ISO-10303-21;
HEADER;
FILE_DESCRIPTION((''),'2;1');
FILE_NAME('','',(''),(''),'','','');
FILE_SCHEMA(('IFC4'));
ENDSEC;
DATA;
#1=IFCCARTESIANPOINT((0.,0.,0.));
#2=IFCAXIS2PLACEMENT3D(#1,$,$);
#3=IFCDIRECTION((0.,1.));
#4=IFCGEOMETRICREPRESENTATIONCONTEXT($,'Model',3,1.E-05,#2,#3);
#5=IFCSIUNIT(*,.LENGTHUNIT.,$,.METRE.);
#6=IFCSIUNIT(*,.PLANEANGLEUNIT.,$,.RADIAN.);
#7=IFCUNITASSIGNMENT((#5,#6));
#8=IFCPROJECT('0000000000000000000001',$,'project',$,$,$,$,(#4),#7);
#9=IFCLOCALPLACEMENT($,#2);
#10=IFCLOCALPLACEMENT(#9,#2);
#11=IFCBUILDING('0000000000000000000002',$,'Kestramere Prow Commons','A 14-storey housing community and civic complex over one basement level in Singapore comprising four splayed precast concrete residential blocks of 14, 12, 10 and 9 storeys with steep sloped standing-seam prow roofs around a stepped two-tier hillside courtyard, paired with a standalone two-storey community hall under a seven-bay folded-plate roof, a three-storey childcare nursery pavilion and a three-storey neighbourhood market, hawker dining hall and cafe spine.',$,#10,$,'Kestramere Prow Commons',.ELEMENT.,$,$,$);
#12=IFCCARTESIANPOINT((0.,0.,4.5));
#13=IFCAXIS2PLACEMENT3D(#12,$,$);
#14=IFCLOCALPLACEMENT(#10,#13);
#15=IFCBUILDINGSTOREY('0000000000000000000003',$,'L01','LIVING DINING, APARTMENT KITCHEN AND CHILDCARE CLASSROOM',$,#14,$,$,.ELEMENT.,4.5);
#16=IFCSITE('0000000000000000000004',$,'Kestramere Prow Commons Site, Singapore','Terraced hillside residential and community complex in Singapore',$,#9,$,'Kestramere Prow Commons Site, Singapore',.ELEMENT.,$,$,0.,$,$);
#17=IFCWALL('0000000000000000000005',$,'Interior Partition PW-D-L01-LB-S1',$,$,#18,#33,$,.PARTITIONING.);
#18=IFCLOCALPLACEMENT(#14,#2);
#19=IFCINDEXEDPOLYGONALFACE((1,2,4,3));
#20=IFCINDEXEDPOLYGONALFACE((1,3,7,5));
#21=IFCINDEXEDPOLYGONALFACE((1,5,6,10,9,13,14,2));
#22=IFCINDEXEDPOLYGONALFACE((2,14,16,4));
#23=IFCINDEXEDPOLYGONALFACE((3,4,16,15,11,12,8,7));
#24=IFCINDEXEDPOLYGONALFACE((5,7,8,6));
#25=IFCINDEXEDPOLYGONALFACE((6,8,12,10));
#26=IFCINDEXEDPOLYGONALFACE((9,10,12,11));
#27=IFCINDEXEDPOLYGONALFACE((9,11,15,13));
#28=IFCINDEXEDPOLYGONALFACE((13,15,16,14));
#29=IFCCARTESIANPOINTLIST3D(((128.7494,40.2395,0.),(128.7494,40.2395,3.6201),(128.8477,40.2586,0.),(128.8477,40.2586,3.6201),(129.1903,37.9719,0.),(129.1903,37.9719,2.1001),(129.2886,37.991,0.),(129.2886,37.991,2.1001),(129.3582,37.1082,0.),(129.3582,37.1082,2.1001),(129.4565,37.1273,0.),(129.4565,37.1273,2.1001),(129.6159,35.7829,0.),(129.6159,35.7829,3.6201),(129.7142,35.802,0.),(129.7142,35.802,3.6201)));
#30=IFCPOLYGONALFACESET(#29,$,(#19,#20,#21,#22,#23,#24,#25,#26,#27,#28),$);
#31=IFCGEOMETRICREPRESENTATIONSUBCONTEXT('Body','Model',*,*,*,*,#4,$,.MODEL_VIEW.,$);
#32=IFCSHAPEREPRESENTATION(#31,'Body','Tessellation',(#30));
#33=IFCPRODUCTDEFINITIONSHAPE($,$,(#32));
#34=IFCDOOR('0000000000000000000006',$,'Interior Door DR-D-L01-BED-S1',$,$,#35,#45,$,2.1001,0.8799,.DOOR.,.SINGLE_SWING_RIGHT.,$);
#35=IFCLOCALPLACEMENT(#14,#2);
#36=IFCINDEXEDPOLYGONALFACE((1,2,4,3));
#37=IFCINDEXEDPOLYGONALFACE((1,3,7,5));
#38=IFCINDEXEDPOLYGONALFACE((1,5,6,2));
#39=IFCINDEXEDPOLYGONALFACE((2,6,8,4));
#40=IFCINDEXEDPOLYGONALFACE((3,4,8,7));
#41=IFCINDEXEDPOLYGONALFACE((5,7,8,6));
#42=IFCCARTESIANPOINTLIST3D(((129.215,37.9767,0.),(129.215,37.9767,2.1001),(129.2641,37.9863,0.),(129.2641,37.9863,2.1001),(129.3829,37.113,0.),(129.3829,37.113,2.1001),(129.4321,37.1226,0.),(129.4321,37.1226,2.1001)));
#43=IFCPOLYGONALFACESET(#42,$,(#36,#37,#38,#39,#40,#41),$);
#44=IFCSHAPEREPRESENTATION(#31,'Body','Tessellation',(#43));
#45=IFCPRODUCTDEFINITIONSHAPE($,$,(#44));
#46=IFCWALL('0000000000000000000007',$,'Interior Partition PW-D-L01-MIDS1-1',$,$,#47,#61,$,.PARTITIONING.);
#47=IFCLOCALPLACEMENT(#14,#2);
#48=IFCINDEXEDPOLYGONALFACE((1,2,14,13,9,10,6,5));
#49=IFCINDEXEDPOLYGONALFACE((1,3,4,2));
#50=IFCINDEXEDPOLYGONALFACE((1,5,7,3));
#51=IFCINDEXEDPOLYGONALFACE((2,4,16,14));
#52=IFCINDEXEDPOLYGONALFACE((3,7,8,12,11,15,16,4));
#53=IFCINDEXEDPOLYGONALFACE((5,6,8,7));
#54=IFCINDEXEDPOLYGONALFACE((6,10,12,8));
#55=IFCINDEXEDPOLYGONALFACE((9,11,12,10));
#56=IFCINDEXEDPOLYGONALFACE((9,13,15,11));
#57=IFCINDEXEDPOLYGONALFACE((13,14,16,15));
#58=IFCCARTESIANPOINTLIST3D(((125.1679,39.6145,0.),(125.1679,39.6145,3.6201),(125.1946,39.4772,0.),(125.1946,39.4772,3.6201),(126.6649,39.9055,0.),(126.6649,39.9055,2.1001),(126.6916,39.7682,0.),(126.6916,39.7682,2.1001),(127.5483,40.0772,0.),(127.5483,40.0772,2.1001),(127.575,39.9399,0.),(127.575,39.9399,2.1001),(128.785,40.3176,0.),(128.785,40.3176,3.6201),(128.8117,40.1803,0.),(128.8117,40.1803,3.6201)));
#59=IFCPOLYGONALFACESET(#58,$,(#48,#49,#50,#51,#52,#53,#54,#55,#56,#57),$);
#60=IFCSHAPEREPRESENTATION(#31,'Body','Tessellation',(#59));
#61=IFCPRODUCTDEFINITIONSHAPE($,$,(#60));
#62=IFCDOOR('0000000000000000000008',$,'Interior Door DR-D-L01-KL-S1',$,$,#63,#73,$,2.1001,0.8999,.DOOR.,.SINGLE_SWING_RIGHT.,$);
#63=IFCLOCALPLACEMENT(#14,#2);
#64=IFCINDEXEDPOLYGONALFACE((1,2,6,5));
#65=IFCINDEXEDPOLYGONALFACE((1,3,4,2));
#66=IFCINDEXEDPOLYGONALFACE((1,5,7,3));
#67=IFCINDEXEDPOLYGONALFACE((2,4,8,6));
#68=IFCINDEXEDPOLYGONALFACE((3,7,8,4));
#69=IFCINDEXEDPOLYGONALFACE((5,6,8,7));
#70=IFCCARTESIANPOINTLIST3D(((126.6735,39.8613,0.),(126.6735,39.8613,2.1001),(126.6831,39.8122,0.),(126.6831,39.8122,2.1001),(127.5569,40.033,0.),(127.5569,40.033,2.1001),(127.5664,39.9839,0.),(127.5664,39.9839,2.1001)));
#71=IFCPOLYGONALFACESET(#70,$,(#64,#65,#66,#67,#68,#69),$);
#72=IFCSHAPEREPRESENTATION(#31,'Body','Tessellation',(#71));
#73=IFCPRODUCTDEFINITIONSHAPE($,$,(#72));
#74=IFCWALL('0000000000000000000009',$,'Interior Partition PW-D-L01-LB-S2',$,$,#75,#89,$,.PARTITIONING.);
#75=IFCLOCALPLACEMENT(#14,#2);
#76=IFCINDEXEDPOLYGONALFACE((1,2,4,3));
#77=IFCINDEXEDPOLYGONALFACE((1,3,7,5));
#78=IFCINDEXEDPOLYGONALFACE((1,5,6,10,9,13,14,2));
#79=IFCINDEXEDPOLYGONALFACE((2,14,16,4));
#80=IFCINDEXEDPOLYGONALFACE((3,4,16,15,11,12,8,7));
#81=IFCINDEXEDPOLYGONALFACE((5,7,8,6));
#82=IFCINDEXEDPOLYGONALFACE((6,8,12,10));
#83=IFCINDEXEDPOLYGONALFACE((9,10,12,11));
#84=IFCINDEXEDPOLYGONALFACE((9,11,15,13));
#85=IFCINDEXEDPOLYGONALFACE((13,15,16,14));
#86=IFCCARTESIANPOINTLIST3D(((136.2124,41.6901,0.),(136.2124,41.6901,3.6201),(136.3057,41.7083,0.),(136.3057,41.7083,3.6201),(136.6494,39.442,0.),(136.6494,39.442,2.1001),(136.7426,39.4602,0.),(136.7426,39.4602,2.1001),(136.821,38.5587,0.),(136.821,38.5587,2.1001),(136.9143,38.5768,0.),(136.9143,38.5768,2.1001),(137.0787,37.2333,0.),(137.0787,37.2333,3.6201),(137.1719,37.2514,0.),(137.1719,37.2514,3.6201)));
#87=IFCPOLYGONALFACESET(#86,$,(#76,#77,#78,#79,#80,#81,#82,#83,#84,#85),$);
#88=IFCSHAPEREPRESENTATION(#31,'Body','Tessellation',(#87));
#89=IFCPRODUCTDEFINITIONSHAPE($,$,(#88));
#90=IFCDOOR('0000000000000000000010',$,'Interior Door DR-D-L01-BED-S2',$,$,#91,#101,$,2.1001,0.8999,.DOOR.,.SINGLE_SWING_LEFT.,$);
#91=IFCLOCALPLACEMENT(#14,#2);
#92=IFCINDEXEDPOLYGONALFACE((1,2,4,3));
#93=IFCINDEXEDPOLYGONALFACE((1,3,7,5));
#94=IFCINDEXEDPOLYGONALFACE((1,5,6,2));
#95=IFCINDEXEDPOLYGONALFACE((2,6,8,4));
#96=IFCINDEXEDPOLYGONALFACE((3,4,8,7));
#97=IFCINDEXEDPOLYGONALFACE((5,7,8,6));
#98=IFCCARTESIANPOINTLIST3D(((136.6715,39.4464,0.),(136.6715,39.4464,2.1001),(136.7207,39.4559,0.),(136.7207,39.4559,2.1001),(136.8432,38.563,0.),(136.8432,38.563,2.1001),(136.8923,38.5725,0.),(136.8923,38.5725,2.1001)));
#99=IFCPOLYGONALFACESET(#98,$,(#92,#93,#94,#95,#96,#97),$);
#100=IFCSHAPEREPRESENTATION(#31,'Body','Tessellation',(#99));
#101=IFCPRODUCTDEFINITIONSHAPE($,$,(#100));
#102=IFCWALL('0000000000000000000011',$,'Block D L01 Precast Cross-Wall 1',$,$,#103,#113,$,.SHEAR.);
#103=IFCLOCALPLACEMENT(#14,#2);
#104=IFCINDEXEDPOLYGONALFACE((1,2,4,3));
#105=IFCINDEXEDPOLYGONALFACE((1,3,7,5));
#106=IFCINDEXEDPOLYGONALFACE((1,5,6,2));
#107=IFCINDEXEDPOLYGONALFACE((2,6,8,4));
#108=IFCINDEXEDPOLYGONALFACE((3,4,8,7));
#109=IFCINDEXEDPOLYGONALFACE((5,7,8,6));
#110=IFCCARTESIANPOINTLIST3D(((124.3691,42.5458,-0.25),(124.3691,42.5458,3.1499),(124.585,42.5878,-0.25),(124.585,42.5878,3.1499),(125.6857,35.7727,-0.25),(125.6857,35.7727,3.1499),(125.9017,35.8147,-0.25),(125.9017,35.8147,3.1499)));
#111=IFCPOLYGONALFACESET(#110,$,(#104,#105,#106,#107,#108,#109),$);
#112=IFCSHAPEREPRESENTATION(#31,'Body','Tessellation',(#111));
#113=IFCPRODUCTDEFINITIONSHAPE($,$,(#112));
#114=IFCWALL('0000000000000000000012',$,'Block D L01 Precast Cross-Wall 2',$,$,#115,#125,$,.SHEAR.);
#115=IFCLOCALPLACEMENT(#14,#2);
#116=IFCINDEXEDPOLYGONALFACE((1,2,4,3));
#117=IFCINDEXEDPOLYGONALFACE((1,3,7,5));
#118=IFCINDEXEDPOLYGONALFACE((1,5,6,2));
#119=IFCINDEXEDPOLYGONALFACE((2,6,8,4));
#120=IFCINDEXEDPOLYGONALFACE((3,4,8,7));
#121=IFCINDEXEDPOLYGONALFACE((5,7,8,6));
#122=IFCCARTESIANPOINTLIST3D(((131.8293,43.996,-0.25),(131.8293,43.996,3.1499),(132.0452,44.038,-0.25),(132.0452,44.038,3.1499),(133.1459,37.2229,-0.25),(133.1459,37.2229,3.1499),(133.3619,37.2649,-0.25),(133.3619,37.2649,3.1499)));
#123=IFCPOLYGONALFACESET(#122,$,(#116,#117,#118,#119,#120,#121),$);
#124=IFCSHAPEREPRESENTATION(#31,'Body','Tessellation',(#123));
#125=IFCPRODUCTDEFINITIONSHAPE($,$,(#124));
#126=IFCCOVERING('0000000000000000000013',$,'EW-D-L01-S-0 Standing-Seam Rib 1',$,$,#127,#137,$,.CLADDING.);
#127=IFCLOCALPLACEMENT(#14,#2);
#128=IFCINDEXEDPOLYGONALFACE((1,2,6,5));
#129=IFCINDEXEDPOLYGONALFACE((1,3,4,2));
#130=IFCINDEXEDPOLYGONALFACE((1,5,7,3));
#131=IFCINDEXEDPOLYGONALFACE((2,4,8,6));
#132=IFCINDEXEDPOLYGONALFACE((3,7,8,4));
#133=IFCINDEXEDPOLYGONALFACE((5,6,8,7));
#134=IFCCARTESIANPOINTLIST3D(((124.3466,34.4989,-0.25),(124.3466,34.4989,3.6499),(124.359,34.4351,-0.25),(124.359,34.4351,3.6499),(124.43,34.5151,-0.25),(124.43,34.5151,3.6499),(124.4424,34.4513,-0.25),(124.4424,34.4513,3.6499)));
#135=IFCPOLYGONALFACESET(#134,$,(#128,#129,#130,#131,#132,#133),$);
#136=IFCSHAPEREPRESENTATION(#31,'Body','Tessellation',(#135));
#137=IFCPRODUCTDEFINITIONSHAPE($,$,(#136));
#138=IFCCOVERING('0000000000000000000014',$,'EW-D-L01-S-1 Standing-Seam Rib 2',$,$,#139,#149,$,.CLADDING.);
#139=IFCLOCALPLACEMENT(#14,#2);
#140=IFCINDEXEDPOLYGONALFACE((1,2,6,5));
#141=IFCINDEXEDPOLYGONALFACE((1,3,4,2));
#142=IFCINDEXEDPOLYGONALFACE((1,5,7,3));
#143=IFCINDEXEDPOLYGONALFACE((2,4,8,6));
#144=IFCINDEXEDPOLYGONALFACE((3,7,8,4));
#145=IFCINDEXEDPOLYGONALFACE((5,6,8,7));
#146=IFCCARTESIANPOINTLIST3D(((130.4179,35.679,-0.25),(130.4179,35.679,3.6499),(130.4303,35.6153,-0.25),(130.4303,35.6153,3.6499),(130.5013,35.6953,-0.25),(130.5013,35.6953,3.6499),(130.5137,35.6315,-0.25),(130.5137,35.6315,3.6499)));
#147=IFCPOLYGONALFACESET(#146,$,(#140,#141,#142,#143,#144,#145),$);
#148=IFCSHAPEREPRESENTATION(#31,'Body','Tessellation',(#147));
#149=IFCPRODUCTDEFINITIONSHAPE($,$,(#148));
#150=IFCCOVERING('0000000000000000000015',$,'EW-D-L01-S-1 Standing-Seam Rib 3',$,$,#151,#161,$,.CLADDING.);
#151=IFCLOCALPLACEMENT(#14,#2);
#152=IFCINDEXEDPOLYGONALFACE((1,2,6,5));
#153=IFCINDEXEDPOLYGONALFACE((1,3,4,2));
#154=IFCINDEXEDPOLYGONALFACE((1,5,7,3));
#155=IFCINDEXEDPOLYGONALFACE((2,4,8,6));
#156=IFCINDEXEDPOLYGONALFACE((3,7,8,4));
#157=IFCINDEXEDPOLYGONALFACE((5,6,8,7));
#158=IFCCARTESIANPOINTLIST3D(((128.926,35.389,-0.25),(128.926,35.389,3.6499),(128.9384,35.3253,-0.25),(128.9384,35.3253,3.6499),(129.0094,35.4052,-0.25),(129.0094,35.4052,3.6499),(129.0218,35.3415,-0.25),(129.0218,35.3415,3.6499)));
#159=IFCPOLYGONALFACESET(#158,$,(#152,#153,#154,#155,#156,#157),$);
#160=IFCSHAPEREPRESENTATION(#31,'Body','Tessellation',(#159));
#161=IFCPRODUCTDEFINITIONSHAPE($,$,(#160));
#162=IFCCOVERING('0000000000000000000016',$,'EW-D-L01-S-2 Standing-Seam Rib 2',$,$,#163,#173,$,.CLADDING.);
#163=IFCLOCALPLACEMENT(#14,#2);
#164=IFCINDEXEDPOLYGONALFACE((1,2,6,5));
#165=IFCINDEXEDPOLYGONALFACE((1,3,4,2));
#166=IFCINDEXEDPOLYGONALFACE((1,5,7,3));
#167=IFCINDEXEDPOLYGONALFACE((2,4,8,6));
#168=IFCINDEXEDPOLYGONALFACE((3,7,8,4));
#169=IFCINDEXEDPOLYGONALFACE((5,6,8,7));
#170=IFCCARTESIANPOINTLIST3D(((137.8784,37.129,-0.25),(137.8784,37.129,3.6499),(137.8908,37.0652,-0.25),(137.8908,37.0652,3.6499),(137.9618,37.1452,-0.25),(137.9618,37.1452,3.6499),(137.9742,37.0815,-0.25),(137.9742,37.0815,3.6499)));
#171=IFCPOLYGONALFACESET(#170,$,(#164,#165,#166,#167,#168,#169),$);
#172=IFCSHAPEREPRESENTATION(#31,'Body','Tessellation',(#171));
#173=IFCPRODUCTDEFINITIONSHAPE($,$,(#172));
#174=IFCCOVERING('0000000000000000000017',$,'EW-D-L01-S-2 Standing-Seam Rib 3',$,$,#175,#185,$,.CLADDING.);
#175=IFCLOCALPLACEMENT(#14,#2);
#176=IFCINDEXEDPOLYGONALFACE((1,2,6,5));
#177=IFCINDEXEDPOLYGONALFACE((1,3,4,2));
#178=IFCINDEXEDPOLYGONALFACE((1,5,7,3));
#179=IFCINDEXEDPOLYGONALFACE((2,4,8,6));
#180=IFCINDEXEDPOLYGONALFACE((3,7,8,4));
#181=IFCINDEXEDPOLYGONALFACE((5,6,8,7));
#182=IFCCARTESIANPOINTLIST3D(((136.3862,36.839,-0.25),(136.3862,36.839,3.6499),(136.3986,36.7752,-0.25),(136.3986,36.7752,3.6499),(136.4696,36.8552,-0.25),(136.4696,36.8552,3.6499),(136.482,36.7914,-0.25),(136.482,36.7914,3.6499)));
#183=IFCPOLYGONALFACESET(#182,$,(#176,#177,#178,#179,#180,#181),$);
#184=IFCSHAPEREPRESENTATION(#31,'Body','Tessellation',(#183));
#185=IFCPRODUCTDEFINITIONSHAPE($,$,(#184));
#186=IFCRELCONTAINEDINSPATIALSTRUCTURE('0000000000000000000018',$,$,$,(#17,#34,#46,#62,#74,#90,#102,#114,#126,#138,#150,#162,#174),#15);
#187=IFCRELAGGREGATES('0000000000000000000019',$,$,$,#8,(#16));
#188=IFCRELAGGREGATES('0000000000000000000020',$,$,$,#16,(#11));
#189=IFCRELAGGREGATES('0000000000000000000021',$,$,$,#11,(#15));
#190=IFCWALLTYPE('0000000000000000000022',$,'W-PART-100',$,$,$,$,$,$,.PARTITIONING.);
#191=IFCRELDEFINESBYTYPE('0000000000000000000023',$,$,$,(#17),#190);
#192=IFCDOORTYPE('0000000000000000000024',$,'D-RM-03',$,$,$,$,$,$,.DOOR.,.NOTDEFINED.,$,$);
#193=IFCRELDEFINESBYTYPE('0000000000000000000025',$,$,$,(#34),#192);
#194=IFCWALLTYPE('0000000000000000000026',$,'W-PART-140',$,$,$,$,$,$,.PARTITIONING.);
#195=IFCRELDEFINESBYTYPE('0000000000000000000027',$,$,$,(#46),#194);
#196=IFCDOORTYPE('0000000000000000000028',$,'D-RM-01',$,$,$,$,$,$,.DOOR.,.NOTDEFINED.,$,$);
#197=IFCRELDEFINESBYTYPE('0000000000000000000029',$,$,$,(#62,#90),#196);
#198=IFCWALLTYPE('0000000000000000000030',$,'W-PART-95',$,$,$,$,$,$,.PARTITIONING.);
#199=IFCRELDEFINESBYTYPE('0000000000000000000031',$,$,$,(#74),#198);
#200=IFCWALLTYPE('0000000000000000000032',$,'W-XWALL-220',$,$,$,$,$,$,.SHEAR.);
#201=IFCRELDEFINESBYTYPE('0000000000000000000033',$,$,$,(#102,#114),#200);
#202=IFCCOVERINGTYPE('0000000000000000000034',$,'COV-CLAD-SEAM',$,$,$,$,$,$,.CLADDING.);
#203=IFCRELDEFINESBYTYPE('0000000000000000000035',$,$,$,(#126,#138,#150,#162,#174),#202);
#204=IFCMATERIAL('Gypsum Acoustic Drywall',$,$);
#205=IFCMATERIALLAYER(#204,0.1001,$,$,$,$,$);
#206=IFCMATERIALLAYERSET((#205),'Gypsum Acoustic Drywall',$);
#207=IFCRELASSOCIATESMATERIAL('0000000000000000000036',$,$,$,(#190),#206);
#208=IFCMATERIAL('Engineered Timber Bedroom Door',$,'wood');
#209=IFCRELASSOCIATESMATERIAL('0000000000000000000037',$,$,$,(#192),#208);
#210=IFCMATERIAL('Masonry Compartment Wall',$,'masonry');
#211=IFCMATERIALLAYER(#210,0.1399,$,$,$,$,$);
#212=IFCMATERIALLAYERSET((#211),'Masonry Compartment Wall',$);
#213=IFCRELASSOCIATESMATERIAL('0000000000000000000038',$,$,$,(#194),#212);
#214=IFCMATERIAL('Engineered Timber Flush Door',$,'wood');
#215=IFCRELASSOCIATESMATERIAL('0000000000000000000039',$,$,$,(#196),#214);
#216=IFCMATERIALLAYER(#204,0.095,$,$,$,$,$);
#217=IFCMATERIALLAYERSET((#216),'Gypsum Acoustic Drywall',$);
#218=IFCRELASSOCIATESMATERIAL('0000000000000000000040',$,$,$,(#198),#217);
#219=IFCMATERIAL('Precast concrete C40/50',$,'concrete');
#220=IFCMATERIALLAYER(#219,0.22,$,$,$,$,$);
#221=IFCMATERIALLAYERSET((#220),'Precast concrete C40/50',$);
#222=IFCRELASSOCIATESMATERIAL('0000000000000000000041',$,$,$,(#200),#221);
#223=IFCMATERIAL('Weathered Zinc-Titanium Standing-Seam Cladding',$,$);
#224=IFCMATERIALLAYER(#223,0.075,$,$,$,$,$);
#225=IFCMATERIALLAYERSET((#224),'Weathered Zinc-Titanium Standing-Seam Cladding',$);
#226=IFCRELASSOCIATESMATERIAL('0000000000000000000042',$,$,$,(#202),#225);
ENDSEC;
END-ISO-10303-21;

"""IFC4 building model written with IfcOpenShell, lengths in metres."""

from ifc_helpers import new_model, si_unit, direction, frame, frame_2d, origin, origin_2d, place, context, subcontext, project, spatial, rectangle, extrude, material, layer, layer_set, type_object, element, fill, save


model = new_model("IFC4")

# Units and contexts
model_context = context("Model", 3, precision=1e-05, world=origin(), true_north=direction((0.0, 1.0)))
body_context = subcontext(model_context, "Body", "Model", "MODEL_VIEW")
ifc_project = project(units=[si_unit("LENGTHUNIT", "METRE"), si_unit("PLANEANGLEUNIT", "RADIAN")], contexts=[model_context])

# Site, building, storey
site_placement = place(None, origin())
site = spatial("IfcSite", under=ifc_project, at=site_placement, Name="Kestramere Prow Commons Site, Singapore", Description="Terraced hillside residential and community complex in Singapore", LongName="Kestramere Prow Commons Site, Singapore", CompositionType="ELEMENT", RefElevation=0.0)
building_placement = place(site_placement, origin())
building = spatial("IfcBuilding", under=site, at=building_placement, Name="Kestramere Prow Commons", Description="A 14-storey housing community and civic complex over one basement level in Singapore comprising four splayed precast concrete residential blocks of 14, 12, 10 and 9 storeys with steep sloped standing-seam prow roofs around a stepped two-tier hillside courtyard, paired with a standalone two-storey community hall under a seven-bay folded-plate roof, a three-storey childcare nursery pavilion and a three-storey neighbourhood market, hawker dining hall and cafe spine.", LongName="Kestramere Prow Commons", CompositionType="ELEMENT")
storey_placement = place(building_placement, frame((0.0, 0.0, 4.5)))
storey = spatial("IfcBuildingStorey", under=building, at=storey_placement, Name="L01", Description="LIVING DINING, APARTMENT KITCHEN AND CHILDCARE CLASSROOM", CompositionType="ELEMENT", Elevation=4.5)

# Shared definitions
ifc_material_1 = material(Name="Precast concrete C40/50", Category="concrete")

# Walls, openings, doors
ifc_material_2 = material(Name="Gypsum Acoustic Drywall")
ifc_layer_1 = layer(ifc_material_2, 0.1001)
ifc_layer_set_1 = layer_set([ifc_layer_1], Name="Gypsum Acoustic Drywall")
wall_type_1 = type_object("IfcWallType", Name="W-PART-100", PredefinedType="PARTITIONING", material=ifc_layer_set_1)
wall_1_placement = place(storey_placement, frame((129.665, 35.7925, 0.0), z_axis=(0.0, 0.0, 1.0), x_axis=(-0.19085, 0.981619, 0.0)))
wall_1 = element("IfcWall", 1, at=wall_1_placement, inside=storey, type_object=wall_type_1, Name="Interior Partition PW-D-L01-LB-S1", PredefinedType="PARTITIONING", context=body_context, shape_type="SweptSolid", body=[
    extrude(rectangle(XDim=4.54, YDim=0.1001, at=frame_2d((2.27, 0.0))), origin(), (0.0, 0.0, 1.0), 3.6201),
])
opening_1_placement = place(wall_1_placement, frame((1.3501, 0.0, 0.0)))
opening_1 = element("IfcOpeningElement", 2, at=opening_1_placement, cuts=wall_1, PredefinedType="OPENING", context=body_context, shape_type="SweptSolid", body=[
    extrude(rectangle(XDim=0.8799, YDim=2.1001, at=frame_2d((0.4399, 1.05))), frame((0.0, 0.0649, 0.0), z_axis=(0.0, -1.0, 0.0), x_axis=(1.0, 0.0, 0.0)), (0.0, 0.0, 1.0), 0.1301),
])
ifc_material_3 = material(Name="Engineered Timber Bedroom Door", Category="wood")
door_type_1 = type_object("IfcDoorType", Name="D-RM-03", OperationType="NOTDEFINED", PredefinedType="DOOR", material=ifc_material_3)
door_1_placement = place(opening_1_placement, origin())
door_1 = element("IfcDoor", 3, at=door_1_placement, inside=storey, type_object=door_type_1, Name="Interior Door DR-D-L01-BED-S1", OperationType="SINGLE_SWING_RIGHT", OverallHeight=2.1001, OverallWidth=0.8799, PredefinedType="DOOR", context=body_context, shape_type="SweptSolid", body=[
    extrude(rectangle(XDim=0.8799, YDim=2.1001, at=frame_2d((0.4399, 1.05))), frame((0.0, 0.0249, 0.0), z_axis=(0.0, -1.0, 0.0), x_axis=(1.0, 0.0, 0.0)), (0.0, 0.0, 1.0), 0.05),
])
fill(opening_1, door_1)
ifc_material_4 = material(Name="Masonry Compartment Wall", Category="masonry")
ifc_layer_2 = layer(ifc_material_4, 0.1399)
ifc_layer_set_2 = layer_set([ifc_layer_2], Name="Masonry Compartment Wall")
wall_type_2 = type_object("IfcWallType", Name="W-PART-140", PredefinedType="PARTITIONING", material=ifc_layer_set_2)
wall_2_placement = place(storey_placement, frame((125.1814, 39.5459, 0.0), z_axis=(0.0, 0.0, 1.0), x_axis=(0.981626, 0.190813, 0.0)))
wall_2 = element("IfcWall", 4, at=wall_2_placement, inside=storey, type_object=wall_type_2, Name="Interior Partition PW-D-L01-MIDS1-1", PredefinedType="PARTITIONING", context=body_context, shape_type="SweptSolid", body=[
    extrude(rectangle(XDim=3.6848, YDim=0.1399, at=frame_2d((1.8423, 0.0))), origin(), (0.0, 0.0, 1.0), 3.6201),
])
opening_2_placement = place(wall_2_placement, frame((1.5249, 0.0, 0.0)))
opening_2 = element("IfcOpeningElement", 5, at=opening_2_placement, cuts=wall_2, PredefinedType="OPENING", context=body_context, shape_type="SweptSolid", body=[
    extrude(rectangle(XDim=0.8999, YDim=2.1001, at=frame_2d((0.45, 1.05))), frame((0.0, 0.085, 0.0), z_axis=(0.0, -1.0, 0.0), x_axis=(1.0, 0.0, 0.0)), (0.0, 0.0, 1.0), 0.1699),
])
ifc_material_5 = material(Name="Engineered Timber Flush Door", Category="wood")
door_type_2 = type_object("IfcDoorType", Name="D-RM-01", OperationType="NOTDEFINED", PredefinedType="DOOR", material=ifc_material_5)
door_2_placement = place(opening_2_placement, origin())
door_2 = element("IfcDoor", 6, at=door_2_placement, inside=storey, type_object=door_type_2, Name="Interior Door DR-D-L01-KL-S1", OperationType="SINGLE_SWING_RIGHT", OverallHeight=2.1001, OverallWidth=0.8999, PredefinedType="DOOR", context=body_context, shape_type="SweptSolid", body=[
    extrude(rectangle(XDim=0.8999, YDim=2.1001, at=frame_2d((0.45, 1.05))), frame((0.0, 0.0249, 0.0), z_axis=(0.0, -1.0, 0.0), x_axis=(1.0, 0.0, 0.0)), (0.0, 0.0, 1.0), 0.05),
])
fill(opening_2, door_2)
ifc_layer_3 = layer(ifc_material_2, 0.095)
ifc_layer_set_3 = layer_set([ifc_layer_3], Name="Gypsum Acoustic Drywall")
wall_type_3 = type_object("IfcWallType", Name="W-PART-95", PredefinedType="PARTITIONING", material=ifc_layer_set_3)
wall_3_placement = place(storey_placement, frame((137.1252, 37.2424, 0.0), z_axis=(0.0, 0.0, 1.0), x_axis=(-0.190788, 0.981631, 0.0)))
wall_3 = element("IfcWall", 7, at=wall_3_placement, inside=storey, type_object=wall_type_3, Name="Interior Partition PW-D-L01-LB-S2", PredefinedType="PARTITIONING", context=body_context, shape_type="SweptSolid", body=[
    extrude(rectangle(XDim=4.5403, YDim=0.095, at=frame_2d((2.27, 0.0))), origin(), (0.0, 0.0, 1.0), 3.6201),
])
opening_3_placement = place(wall_3_placement, frame((1.3501, 0.0, 0.0)))
opening_3 = element("IfcOpeningElement", 8, at=opening_3_placement, cuts=wall_3, PredefinedType="OPENING", context=body_context, shape_type="SweptSolid", body=[
    extrude(rectangle(XDim=0.8999, YDim=2.1001, at=frame_2d((0.45, 1.05))), frame((0.0, 0.0625, 0.0), z_axis=(0.0, -1.0, 0.0), x_axis=(1.0, 0.0, 0.0)), (0.0, 0.0, 1.0), 0.125),
])
door_3_placement = place(opening_3_placement, origin())
door_3 = element("IfcDoor", 9, at=door_3_placement, inside=storey, type_object=door_type_2, Name="Interior Door DR-D-L01-BED-S2", OperationType="SINGLE_SWING_LEFT", OverallHeight=2.1001, OverallWidth=0.8999, PredefinedType="DOOR", context=body_context, shape_type="SweptSolid", body=[
    extrude(rectangle(XDim=0.8999, YDim=2.1001, at=frame_2d((0.45, 1.05))), frame((0.0, 0.0249, 0.0), z_axis=(0.0, -1.0, 0.0), x_axis=(1.0, 0.0, 0.0)), (0.0, 0.0, 1.0), 0.05),
])
fill(opening_3, door_3)

# Walls
ifc_layer_4 = layer(ifc_material_1, 0.22)
ifc_layer_set_4 = layer_set([ifc_layer_4], Name="Precast concrete C40/50")
wall_type_4 = type_object("IfcWallType", Name="W-XWALL-220", PredefinedType="SHEAR", material=ifc_layer_set_4)
for number, where, z_axis, x_axis, name in (
    (10, (125.7937, 35.7937, -0.25), (0.0, 0.0, 1.0), (-0.190819, 0.981625, 0.0), "Block D L01 Precast Cross-Wall 1"),
    (11, (133.2539, 37.2439, -0.25), (0.0, 0.0, 1.0), (-0.190819, 0.981625, 0.0), "Block D L01 Precast Cross-Wall 2"),
):
    element("IfcWall", number, at=place(storey_placement, frame(where, z_axis=z_axis, x_axis=x_axis)), inside=storey, type_object=wall_type_4, Name=name, PredefinedType="SHEAR", context=body_context, shape_type="SweptSolid", body=[
        extrude(rectangle(XDim=6.8999, YDim=0.22, at=frame_2d((3.45, 0.0))), origin(), (0.0, 0.0, 1.0), 3.3999),
    ])

# Coverings
ifc_material_6 = material(Name="Weathered Zinc-Titanium Standing-Seam Cladding")
ifc_layer_5 = layer(ifc_material_6, 0.075)
ifc_layer_set_5 = layer_set([ifc_layer_5], Name="Weathered Zinc-Titanium Standing-Seam Cladding")
covering_type = type_object("IfcCoveringType", Name="COV-CLAD-SEAM", PredefinedType="CLADDING", material=ifc_layer_set_5)
for number, where, z_axis, x_axis, name in (
    (12, (124.3945, 34.4751, -0.25), (0.0, 0.0, 1.0), (-0.981627, -0.190809, 0.0), "EW-D-L01-S-0 Standing-Seam Rib 1"),
    (13, (130.4658, 35.6553, -0.25), (0.0, 0.0, 1.0), (-0.981627, -0.190809, 0.0), "EW-D-L01-S-1 Standing-Seam Rib 2"),
    (14, (128.9739, 35.3652, -0.25), (0.0, 0.0, 1.0), (-0.981627, -0.190809, 0.0), "EW-D-L01-S-1 Standing-Seam Rib 3"),
    (15, (137.9263, 37.1052, -0.25), (0.0, 0.0, 1.0), (-0.981627, -0.190809, 0.0), "EW-D-L01-S-2 Standing-Seam Rib 2"),
    (16, (136.4341, 36.8152, -0.25), (0.0, 0.0, 1.0), (-0.981627, -0.190809, 0.0), "EW-D-L01-S-2 Standing-Seam Rib 3"),
):
    element("IfcCovering", number, at=place(storey_placement, frame(where, z_axis=z_axis, x_axis=x_axis)), inside=storey, type_object=covering_type, Name=name, PredefinedType="CLADDING", context=body_context, shape_type="SweptSolid", body=[
        extrude(rectangle(XDim=0.085, YDim=0.0649, at=origin_2d()), origin(), (0.0, 0.0, 1.0), 3.8999),
    ])

save(model, "model.ifc")
